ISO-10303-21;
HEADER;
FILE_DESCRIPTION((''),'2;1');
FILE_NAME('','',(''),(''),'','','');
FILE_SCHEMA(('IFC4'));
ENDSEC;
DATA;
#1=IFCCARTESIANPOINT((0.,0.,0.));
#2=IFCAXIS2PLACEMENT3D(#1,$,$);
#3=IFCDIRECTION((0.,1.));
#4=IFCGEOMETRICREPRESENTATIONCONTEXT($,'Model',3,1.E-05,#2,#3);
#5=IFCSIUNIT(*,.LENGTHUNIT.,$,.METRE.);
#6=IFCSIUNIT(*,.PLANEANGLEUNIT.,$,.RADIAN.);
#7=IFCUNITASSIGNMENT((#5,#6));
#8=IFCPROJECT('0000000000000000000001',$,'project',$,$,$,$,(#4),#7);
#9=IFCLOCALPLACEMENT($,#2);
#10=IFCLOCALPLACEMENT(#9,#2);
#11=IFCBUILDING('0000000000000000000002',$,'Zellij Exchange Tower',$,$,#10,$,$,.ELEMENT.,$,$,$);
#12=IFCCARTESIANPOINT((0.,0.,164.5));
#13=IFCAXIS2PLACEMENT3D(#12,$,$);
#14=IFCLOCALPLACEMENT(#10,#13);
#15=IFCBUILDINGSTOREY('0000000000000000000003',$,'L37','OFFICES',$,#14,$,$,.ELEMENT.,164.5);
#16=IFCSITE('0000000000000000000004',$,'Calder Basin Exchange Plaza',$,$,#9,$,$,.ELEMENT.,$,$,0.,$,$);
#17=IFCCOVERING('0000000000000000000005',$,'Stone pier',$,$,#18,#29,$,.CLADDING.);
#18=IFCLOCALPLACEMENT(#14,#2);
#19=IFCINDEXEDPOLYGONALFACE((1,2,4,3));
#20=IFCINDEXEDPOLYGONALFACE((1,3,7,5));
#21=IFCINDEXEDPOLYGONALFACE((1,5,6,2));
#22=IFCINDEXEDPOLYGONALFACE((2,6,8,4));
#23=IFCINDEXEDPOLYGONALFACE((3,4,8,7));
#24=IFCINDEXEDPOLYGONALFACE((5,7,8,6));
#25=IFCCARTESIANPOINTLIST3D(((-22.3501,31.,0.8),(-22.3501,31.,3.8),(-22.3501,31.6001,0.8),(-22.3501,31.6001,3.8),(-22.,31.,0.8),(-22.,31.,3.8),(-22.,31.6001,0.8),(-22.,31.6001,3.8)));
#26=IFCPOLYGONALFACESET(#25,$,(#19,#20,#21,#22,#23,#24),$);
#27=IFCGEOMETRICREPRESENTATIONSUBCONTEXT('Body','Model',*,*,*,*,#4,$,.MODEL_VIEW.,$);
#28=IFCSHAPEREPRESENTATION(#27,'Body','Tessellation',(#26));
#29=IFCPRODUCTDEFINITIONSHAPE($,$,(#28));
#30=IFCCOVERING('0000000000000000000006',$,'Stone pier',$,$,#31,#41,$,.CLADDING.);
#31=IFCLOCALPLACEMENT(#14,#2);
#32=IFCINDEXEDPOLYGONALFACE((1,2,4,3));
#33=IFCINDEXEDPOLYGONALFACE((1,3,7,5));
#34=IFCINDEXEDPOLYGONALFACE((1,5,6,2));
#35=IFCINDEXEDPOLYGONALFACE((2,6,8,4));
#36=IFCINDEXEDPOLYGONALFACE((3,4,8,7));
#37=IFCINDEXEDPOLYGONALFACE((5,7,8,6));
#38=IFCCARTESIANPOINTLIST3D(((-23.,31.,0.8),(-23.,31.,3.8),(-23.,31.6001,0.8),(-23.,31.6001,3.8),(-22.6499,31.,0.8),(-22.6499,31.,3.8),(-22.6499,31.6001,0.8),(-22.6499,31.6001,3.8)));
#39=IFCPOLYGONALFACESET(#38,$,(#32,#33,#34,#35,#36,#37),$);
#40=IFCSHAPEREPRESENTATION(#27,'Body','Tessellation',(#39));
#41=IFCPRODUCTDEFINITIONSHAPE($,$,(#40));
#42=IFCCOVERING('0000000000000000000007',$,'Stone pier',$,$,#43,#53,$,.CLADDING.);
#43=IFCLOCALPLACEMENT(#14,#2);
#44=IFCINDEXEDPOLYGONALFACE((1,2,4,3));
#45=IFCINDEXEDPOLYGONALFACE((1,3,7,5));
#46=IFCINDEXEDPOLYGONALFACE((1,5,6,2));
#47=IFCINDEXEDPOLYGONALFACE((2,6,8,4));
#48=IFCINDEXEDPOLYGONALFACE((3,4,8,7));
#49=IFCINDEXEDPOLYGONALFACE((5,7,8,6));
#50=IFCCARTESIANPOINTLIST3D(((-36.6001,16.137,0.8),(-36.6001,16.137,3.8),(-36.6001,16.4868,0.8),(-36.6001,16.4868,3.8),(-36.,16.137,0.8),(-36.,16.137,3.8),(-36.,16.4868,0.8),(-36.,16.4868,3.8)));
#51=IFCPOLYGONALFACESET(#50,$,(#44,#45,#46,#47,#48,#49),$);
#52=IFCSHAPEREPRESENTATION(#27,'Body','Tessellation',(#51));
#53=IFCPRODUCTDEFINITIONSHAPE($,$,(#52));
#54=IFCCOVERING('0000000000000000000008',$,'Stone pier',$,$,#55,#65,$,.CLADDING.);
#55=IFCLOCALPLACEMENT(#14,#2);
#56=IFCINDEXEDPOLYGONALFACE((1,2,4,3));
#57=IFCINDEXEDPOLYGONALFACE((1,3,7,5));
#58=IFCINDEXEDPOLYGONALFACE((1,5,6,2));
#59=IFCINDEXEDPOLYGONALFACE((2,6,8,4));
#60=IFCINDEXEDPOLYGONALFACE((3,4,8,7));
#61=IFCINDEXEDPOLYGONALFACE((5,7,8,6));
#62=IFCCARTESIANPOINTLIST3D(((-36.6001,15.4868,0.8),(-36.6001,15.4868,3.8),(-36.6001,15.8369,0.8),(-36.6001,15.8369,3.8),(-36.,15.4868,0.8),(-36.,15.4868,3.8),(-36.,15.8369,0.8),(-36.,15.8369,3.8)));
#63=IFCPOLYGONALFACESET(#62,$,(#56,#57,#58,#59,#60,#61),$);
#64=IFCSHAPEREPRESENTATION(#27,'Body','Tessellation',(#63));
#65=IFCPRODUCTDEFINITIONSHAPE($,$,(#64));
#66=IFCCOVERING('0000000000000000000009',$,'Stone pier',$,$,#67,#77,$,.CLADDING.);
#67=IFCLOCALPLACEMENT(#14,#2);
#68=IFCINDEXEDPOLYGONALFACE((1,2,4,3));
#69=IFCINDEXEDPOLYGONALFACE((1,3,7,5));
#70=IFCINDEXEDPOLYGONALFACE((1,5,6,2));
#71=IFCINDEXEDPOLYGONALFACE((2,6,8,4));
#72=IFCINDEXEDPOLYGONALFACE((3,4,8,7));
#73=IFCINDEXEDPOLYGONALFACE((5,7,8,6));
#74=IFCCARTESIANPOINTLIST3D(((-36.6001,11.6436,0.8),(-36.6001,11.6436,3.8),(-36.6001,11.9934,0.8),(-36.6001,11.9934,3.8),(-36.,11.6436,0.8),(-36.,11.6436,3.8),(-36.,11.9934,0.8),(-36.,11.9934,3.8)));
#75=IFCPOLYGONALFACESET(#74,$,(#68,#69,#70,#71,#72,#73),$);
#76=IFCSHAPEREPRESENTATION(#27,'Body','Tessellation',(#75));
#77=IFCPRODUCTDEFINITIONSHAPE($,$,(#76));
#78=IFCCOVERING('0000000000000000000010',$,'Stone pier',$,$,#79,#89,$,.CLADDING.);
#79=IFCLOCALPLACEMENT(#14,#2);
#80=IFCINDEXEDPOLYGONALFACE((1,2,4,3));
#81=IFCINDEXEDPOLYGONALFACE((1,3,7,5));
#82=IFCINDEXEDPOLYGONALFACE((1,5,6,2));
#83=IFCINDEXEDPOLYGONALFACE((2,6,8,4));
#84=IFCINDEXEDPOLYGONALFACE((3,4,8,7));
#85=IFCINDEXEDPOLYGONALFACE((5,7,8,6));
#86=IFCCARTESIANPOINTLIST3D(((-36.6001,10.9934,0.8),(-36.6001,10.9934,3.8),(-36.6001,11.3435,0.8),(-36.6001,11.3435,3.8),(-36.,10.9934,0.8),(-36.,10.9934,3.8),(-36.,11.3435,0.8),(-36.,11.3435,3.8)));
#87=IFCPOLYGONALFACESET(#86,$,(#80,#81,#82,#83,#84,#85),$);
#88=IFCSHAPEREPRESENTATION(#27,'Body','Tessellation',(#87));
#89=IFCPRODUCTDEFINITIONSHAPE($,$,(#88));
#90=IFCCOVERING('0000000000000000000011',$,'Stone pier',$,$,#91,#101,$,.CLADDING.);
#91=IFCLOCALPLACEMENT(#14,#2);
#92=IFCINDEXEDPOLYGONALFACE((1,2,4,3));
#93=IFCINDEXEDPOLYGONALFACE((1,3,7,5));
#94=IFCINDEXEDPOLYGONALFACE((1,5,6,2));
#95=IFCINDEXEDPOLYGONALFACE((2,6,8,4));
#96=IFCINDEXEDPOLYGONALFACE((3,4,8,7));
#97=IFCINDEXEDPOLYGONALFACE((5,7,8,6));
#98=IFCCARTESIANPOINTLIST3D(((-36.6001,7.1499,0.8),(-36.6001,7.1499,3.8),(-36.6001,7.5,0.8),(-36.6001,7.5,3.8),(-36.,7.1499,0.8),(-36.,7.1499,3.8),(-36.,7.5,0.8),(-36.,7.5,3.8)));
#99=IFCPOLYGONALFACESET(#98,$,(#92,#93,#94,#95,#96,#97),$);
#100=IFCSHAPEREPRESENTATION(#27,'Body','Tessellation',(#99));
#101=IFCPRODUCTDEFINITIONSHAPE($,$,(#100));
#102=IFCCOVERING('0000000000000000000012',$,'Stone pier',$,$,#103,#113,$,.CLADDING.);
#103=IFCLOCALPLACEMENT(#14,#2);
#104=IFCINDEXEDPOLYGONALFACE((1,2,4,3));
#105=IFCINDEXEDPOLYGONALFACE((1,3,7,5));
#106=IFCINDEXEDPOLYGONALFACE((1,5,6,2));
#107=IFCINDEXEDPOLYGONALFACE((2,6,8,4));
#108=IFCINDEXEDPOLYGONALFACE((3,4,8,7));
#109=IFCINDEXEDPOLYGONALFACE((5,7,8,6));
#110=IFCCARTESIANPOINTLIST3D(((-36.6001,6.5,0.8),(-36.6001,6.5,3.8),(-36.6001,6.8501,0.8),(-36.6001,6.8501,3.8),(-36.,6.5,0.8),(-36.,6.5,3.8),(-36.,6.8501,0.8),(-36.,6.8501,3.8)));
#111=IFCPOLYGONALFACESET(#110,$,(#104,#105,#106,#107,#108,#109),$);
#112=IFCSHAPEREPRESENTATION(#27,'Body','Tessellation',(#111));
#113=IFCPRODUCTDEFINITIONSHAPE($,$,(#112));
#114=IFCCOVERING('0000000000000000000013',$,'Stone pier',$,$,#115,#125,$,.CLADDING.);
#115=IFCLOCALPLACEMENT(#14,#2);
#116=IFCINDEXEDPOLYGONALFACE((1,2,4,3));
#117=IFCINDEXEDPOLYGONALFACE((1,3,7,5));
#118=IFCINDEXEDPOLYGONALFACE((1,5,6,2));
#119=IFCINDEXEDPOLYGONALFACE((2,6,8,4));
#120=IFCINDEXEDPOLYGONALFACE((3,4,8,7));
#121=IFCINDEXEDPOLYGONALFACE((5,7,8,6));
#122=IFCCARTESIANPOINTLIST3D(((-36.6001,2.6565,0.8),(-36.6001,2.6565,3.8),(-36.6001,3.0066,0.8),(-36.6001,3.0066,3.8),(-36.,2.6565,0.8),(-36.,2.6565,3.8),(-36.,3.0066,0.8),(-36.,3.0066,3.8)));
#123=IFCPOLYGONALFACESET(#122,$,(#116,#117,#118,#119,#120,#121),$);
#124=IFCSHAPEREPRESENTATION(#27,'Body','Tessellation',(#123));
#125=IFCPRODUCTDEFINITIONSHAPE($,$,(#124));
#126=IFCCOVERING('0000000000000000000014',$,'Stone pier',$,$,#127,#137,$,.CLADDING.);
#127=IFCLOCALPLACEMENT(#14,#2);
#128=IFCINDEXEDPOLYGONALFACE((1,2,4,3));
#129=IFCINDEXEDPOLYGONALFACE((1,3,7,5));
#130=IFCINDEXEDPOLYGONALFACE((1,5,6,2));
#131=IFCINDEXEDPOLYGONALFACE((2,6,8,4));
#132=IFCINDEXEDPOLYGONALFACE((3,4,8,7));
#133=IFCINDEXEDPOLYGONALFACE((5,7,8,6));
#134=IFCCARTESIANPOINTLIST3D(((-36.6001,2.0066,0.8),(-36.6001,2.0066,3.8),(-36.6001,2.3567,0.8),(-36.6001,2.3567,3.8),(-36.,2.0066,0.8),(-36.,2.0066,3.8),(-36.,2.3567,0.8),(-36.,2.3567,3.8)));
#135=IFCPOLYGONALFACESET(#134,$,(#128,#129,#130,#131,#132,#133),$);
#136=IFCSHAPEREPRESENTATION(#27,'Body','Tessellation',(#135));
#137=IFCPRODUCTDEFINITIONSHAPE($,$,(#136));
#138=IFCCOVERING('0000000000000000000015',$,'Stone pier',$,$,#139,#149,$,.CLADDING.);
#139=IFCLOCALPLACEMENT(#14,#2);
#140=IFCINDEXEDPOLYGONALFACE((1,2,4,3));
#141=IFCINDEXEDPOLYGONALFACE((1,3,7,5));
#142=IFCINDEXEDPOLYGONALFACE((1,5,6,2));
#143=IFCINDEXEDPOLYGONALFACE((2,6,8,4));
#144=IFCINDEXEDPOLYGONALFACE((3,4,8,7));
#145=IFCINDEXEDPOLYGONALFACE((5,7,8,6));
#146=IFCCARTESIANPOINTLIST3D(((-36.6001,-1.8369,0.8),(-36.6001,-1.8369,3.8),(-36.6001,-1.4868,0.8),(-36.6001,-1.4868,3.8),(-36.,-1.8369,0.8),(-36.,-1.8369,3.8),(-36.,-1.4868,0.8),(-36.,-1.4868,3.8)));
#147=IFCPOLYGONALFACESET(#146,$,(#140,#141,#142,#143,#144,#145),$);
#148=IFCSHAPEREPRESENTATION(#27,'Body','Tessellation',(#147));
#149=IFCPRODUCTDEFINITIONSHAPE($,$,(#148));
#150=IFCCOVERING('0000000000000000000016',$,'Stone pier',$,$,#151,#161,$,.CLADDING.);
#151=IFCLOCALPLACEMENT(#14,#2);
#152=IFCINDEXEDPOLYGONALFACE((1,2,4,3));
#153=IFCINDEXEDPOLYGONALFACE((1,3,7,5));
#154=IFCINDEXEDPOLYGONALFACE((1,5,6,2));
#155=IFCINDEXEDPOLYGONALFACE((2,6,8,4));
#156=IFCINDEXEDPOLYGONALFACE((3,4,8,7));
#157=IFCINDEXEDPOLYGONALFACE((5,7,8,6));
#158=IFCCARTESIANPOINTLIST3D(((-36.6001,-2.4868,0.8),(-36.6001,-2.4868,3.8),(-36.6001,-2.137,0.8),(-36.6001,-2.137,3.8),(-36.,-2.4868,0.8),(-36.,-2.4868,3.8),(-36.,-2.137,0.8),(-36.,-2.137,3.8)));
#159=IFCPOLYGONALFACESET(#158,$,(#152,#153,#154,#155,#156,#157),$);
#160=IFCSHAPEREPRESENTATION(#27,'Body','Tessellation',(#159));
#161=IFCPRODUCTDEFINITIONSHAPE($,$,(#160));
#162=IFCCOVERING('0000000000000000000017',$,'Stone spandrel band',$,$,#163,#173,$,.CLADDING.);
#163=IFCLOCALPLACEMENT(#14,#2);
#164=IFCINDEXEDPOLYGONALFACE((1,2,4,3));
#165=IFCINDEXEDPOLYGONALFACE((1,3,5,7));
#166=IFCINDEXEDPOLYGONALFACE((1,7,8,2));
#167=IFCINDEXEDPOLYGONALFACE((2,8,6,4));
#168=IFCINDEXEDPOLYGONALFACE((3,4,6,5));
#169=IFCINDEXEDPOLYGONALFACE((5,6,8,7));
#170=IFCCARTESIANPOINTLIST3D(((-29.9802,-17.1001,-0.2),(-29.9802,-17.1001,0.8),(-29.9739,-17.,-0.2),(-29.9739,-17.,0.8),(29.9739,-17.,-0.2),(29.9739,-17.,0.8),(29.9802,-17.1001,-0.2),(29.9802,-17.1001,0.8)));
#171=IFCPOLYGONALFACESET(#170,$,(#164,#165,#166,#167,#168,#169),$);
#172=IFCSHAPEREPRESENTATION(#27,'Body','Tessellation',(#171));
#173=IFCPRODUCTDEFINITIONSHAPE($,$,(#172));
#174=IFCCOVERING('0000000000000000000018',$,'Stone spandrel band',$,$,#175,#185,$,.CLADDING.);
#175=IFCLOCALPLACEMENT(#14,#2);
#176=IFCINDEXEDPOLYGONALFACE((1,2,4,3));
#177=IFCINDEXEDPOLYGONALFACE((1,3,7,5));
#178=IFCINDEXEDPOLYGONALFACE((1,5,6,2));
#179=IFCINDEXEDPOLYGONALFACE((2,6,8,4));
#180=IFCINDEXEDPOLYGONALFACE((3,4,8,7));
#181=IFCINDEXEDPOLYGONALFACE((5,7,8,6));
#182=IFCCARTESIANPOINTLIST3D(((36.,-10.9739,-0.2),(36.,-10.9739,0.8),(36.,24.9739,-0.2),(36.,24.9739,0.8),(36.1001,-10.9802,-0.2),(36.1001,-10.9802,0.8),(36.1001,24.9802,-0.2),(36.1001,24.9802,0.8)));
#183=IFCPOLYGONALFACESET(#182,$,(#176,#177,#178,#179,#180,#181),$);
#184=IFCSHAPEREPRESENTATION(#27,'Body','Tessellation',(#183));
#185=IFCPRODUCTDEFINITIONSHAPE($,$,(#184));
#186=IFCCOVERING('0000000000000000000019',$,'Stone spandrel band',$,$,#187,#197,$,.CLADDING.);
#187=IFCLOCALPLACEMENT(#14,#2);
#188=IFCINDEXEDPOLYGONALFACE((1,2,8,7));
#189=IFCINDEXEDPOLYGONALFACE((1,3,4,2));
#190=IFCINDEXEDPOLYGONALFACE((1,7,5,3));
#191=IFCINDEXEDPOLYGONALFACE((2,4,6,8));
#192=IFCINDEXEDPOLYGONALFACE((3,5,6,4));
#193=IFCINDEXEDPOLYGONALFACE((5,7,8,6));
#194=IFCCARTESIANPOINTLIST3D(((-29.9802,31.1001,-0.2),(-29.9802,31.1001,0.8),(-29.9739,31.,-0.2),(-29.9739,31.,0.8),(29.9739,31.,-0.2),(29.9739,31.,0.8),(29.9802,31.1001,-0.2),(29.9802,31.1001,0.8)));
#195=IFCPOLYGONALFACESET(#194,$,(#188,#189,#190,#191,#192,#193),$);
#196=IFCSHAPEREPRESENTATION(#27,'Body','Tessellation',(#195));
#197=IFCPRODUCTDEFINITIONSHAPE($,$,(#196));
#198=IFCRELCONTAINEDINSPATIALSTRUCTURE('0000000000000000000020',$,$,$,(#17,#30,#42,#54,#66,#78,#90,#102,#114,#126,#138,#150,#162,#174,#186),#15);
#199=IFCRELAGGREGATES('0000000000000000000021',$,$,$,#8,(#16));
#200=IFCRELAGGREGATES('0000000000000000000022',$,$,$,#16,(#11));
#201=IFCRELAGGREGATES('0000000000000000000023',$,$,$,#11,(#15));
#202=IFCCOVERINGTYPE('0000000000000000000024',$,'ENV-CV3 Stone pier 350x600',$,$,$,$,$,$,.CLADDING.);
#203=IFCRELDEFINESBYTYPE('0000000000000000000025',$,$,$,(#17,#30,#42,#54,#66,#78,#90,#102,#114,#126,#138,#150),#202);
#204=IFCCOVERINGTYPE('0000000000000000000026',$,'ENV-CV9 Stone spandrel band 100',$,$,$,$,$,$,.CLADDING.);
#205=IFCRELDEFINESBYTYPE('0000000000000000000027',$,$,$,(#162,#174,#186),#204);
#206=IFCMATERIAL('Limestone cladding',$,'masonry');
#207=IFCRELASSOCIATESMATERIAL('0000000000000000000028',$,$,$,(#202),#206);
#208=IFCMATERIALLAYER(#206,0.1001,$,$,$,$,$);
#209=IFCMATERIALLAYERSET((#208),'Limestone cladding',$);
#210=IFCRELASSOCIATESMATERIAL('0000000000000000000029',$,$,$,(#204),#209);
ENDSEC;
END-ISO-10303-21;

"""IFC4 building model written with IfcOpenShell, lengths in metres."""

from ifc_helpers import new_model, si_unit, direction, frame, origin, place, context, subcontext, project, spatial, polyline, outline, extrude, material, layer, layer_set, type_object, element, save


model = new_model("IFC4")

# Units and contexts
model_context = context("Model", 3, precision=1e-05, world=origin(), true_north=direction((0.0, 1.0)))
body_context = subcontext(model_context, "Body", "Model", "MODEL_VIEW")
ifc_project = project(units=[si_unit("LENGTHUNIT", "METRE"), si_unit("PLANEANGLEUNIT", "RADIAN")], contexts=[model_context])

# Site, building, storey
site_placement = place(None, origin())
site = spatial("IfcSite", under=ifc_project, at=site_placement, Name="Calder Basin Exchange Plaza", CompositionType="ELEMENT", RefElevation=0.0)
building_placement = place(site_placement, origin())
building = spatial("IfcBuilding", under=site, at=building_placement, Name="Zellij Exchange Tower", CompositionType="ELEMENT")
storey_placement = place(building_placement, frame((0.0, 0.0, 164.5)))
storey = spatial("IfcBuildingStorey", under=building, at=storey_placement, Name="L37", Description="OFFICES", CompositionType="ELEMENT", Elevation=164.5)

# Coverings
ifc_material_1 = material(Name="Limestone cladding", Category="masonry")
covering_type_1 = type_object("IfcCoveringType", Name="ENV-CV3 Stone pier 350x600", PredefinedType="CLADDING", material=ifc_material_1)
covering_1_placement = place(storey_placement, frame((0.0, 0.0, 0.8)))
element("IfcCovering", 1, at=covering_1_placement, inside=storey, type_object=covering_type_1, Name="Stone pier", PredefinedType="CLADDING", context=body_context, shape_type="SweptSolid", body=[
    extrude(outline(polyline([(-22.0, 31.0), (-22.3501, 31.0), (-22.3501, 31.6001), (-22.0, 31.6001), (-22.0, 31.0)])), origin(), (0.0, 0.0, 1.0), 3.0),
])
covering_2_placement = place(storey_placement, frame((0.0, 0.0, 0.8)))
element("IfcCovering", 2, at=covering_2_placement, inside=storey, type_object=covering_type_1, Name="Stone pier", PredefinedType="CLADDING", context=body_context, shape_type="SweptSolid", body=[
    extrude(outline(polyline([(-22.6499, 31.0), (-23.0, 31.0), (-23.0, 31.6001), (-22.6499, 31.6001), (-22.6499, 31.0)])), origin(), (0.0, 0.0, 1.0), 3.0),
])
covering_3_placement = place(storey_placement, frame((0.0, 0.0, 0.8)))
element("IfcCovering", 3, at=covering_3_placement, inside=storey, type_object=covering_type_1, Name="Stone pier", PredefinedType="CLADDING", context=body_context, shape_type="SweptSolid", body=[
    extrude(outline(polyline([(-36.0, 16.4868), (-36.0, 16.137), (-36.6001, 16.137), (-36.6001, 16.4868), (-36.0, 16.4868)])), origin(), (0.0, 0.0, 1.0), 3.0),
])
covering_4_placement = place(storey_placement, frame((0.0, 0.0, 0.8)))
element("IfcCovering", 4, at=covering_4_placement, inside=storey, type_object=covering_type_1, Name="Stone pier", PredefinedType="CLADDING", context=body_context, shape_type="SweptSolid", body=[
    extrude(outline(polyline([(-36.0, 15.8369), (-36.0, 15.4868), (-36.6001, 15.4868), (-36.6001, 15.8369), (-36.0, 15.8369)])), origin(), (0.0, 0.0, 1.0), 3.0),
])
covering_5_placement = place(storey_placement, frame((0.0, 0.0, 0.8)))
element("IfcCovering", 5, at=covering_5_placement, inside=storey, type_object=covering_type_1, Name="Stone pier", PredefinedType="CLADDING", context=body_context, shape_type="SweptSolid", body=[
    extrude(outline(polyline([(-36.0, 11.9934), (-36.0, 11.6436), (-36.6001, 11.6436), (-36.6001, 11.9934), (-36.0, 11.9934)])), origin(), (0.0, 0.0, 1.0), 3.0),
])
covering_6_placement = place(storey_placement, frame((0.0, 0.0, 0.8)))
element("IfcCovering", 6, at=covering_6_placement, inside=storey, type_object=covering_type_1, Name="Stone pier", PredefinedType="CLADDING", context=body_context, shape_type="SweptSolid", body=[
    extrude(outline(polyline([(-36.0, 11.3435), (-36.0, 10.9934), (-36.6001, 10.9934), (-36.6001, 11.3435), (-36.0, 11.3435)])), origin(), (0.0, 0.0, 1.0), 3.0),
])
covering_7_placement = place(storey_placement, frame((0.0, 0.0, 0.8)))
element("IfcCovering", 7, at=covering_7_placement, inside=storey, type_object=covering_type_1, Name="Stone pier", PredefinedType="CLADDING", context=body_context, shape_type="SweptSolid", body=[
    extrude(outline(polyline([(-36.0, 7.5), (-36.0, 7.1499), (-36.6001, 7.1499), (-36.6001, 7.5), (-36.0, 7.5)])), origin(), (0.0, 0.0, 1.0), 3.0),
])
covering_8_placement = place(storey_placement, frame((0.0, 0.0, 0.8)))
element("IfcCovering", 8, at=covering_8_placement, inside=storey, type_object=covering_type_1, Name="Stone pier", PredefinedType="CLADDING", context=body_context, shape_type="SweptSolid", body=[
    extrude(outline(polyline([(-36.0, 6.8501), (-36.0, 6.5), (-36.6001, 6.5), (-36.6001, 6.8501), (-36.0, 6.8501)])), origin(), (0.0, 0.0, 1.0), 3.0),
])
covering_9_placement = place(storey_placement, frame((0.0, 0.0, 0.8)))
element("IfcCovering", 9, at=covering_9_placement, inside=storey, type_object=covering_type_1, Name="Stone pier", PredefinedType="CLADDING", context=body_context, shape_type="SweptSolid", body=[
    extrude(outline(polyline([(-36.0, 3.0066), (-36.0, 2.6565), (-36.6001, 2.6565), (-36.6001, 3.0066), (-36.0, 3.0066)])), origin(), (0.0, 0.0, 1.0), 3.0),
])
covering_10_placement = place(storey_placement, frame((0.0, 0.0, 0.8)))
element("IfcCovering", 10, at=covering_10_placement, inside=storey, type_object=covering_type_1, Name="Stone pier", PredefinedType="CLADDING", context=body_context, shape_type="SweptSolid", body=[
    extrude(outline(polyline([(-36.0, 2.3567), (-36.0, 2.0066), (-36.6001, 2.0066), (-36.6001, 2.3567), (-36.0, 2.3567)])), origin(), (0.0, 0.0, 1.0), 3.0),
])
covering_11_placement = place(storey_placement, frame((0.0, 0.0, 0.8)))
element("IfcCovering", 11, at=covering_11_placement, inside=storey, type_object=covering_type_1, Name="Stone pier", PredefinedType="CLADDING", context=body_context, shape_type="SweptSolid", body=[
    extrude(outline(polyline([(-36.0, -1.4868), (-36.0, -1.8369), (-36.6001, -1.8369), (-36.6001, -1.4868), (-36.0, -1.4868)])), origin(), (0.0, 0.0, 1.0), 3.0),
])
covering_12_placement = place(storey_placement, frame((0.0, 0.0, 0.8)))
element("IfcCovering", 12, at=covering_12_placement, inside=storey, type_object=covering_type_1, Name="Stone pier", PredefinedType="CLADDING", context=body_context, shape_type="SweptSolid", body=[
    extrude(outline(polyline([(-36.0, -2.137), (-36.0, -2.4868), (-36.6001, -2.4868), (-36.6001, -2.137), (-36.0, -2.137)])), origin(), (0.0, 0.0, 1.0), 3.0),
])
ifc_layer_1 = layer(ifc_material_1, 0.1001)
ifc_layer_set_1 = layer_set([ifc_layer_1], Name="Limestone cladding")
covering_type_2 = type_object("IfcCoveringType", Name="ENV-CV9 Stone spandrel band 100", PredefinedType="CLADDING", material=ifc_layer_set_1)
covering_13_placement = place(storey_placement, frame((0.0, 0.0, -0.2)))
element("IfcCovering", 13, at=covering_13_placement, inside=storey, type_object=covering_type_2, Name="Stone spandrel band", PredefinedType="CLADDING", context=body_context, shape_type="SweptSolid", body=[
    extrude(outline(polyline([(-29.9739, -17.0), (29.9739, -17.0), (29.9802, -17.1001), (-29.9802, -17.1001), (-29.9739, -17.0)])), origin(), (0.0, 0.0, 1.0), 1.0),
])
covering_14_placement = place(storey_placement, frame((0.0, 0.0, -0.2)))
element("IfcCovering", 14, at=covering_14_placement, inside=storey, type_object=covering_type_2, Name="Stone spandrel band", PredefinedType="CLADDING", context=body_context, shape_type="SweptSolid", body=[
    extrude(outline(polyline([(36.0, -10.9739), (36.0, 24.9739), (36.1001, 24.9802), (36.1001, -10.9802), (36.0, -10.9739)])), origin(), (0.0, 0.0, 1.0), 1.0),
])
covering_15_placement = place(storey_placement, frame((0.0, 0.0, -0.2)))
element("IfcCovering", 15, at=covering_15_placement, inside=storey, type_object=covering_type_2, Name="Stone spandrel band", PredefinedType="CLADDING", context=body_context, shape_type="SweptSolid", body=[
    extrude(outline(polyline([(29.9739, 31.0), (-29.9739, 31.0), (-29.9802, 31.1001), (29.9802, 31.1001), (29.9739, 31.0)])), origin(), (0.0, 0.0, 1.0), 1.0),
])

save(model, "model.ifc")
